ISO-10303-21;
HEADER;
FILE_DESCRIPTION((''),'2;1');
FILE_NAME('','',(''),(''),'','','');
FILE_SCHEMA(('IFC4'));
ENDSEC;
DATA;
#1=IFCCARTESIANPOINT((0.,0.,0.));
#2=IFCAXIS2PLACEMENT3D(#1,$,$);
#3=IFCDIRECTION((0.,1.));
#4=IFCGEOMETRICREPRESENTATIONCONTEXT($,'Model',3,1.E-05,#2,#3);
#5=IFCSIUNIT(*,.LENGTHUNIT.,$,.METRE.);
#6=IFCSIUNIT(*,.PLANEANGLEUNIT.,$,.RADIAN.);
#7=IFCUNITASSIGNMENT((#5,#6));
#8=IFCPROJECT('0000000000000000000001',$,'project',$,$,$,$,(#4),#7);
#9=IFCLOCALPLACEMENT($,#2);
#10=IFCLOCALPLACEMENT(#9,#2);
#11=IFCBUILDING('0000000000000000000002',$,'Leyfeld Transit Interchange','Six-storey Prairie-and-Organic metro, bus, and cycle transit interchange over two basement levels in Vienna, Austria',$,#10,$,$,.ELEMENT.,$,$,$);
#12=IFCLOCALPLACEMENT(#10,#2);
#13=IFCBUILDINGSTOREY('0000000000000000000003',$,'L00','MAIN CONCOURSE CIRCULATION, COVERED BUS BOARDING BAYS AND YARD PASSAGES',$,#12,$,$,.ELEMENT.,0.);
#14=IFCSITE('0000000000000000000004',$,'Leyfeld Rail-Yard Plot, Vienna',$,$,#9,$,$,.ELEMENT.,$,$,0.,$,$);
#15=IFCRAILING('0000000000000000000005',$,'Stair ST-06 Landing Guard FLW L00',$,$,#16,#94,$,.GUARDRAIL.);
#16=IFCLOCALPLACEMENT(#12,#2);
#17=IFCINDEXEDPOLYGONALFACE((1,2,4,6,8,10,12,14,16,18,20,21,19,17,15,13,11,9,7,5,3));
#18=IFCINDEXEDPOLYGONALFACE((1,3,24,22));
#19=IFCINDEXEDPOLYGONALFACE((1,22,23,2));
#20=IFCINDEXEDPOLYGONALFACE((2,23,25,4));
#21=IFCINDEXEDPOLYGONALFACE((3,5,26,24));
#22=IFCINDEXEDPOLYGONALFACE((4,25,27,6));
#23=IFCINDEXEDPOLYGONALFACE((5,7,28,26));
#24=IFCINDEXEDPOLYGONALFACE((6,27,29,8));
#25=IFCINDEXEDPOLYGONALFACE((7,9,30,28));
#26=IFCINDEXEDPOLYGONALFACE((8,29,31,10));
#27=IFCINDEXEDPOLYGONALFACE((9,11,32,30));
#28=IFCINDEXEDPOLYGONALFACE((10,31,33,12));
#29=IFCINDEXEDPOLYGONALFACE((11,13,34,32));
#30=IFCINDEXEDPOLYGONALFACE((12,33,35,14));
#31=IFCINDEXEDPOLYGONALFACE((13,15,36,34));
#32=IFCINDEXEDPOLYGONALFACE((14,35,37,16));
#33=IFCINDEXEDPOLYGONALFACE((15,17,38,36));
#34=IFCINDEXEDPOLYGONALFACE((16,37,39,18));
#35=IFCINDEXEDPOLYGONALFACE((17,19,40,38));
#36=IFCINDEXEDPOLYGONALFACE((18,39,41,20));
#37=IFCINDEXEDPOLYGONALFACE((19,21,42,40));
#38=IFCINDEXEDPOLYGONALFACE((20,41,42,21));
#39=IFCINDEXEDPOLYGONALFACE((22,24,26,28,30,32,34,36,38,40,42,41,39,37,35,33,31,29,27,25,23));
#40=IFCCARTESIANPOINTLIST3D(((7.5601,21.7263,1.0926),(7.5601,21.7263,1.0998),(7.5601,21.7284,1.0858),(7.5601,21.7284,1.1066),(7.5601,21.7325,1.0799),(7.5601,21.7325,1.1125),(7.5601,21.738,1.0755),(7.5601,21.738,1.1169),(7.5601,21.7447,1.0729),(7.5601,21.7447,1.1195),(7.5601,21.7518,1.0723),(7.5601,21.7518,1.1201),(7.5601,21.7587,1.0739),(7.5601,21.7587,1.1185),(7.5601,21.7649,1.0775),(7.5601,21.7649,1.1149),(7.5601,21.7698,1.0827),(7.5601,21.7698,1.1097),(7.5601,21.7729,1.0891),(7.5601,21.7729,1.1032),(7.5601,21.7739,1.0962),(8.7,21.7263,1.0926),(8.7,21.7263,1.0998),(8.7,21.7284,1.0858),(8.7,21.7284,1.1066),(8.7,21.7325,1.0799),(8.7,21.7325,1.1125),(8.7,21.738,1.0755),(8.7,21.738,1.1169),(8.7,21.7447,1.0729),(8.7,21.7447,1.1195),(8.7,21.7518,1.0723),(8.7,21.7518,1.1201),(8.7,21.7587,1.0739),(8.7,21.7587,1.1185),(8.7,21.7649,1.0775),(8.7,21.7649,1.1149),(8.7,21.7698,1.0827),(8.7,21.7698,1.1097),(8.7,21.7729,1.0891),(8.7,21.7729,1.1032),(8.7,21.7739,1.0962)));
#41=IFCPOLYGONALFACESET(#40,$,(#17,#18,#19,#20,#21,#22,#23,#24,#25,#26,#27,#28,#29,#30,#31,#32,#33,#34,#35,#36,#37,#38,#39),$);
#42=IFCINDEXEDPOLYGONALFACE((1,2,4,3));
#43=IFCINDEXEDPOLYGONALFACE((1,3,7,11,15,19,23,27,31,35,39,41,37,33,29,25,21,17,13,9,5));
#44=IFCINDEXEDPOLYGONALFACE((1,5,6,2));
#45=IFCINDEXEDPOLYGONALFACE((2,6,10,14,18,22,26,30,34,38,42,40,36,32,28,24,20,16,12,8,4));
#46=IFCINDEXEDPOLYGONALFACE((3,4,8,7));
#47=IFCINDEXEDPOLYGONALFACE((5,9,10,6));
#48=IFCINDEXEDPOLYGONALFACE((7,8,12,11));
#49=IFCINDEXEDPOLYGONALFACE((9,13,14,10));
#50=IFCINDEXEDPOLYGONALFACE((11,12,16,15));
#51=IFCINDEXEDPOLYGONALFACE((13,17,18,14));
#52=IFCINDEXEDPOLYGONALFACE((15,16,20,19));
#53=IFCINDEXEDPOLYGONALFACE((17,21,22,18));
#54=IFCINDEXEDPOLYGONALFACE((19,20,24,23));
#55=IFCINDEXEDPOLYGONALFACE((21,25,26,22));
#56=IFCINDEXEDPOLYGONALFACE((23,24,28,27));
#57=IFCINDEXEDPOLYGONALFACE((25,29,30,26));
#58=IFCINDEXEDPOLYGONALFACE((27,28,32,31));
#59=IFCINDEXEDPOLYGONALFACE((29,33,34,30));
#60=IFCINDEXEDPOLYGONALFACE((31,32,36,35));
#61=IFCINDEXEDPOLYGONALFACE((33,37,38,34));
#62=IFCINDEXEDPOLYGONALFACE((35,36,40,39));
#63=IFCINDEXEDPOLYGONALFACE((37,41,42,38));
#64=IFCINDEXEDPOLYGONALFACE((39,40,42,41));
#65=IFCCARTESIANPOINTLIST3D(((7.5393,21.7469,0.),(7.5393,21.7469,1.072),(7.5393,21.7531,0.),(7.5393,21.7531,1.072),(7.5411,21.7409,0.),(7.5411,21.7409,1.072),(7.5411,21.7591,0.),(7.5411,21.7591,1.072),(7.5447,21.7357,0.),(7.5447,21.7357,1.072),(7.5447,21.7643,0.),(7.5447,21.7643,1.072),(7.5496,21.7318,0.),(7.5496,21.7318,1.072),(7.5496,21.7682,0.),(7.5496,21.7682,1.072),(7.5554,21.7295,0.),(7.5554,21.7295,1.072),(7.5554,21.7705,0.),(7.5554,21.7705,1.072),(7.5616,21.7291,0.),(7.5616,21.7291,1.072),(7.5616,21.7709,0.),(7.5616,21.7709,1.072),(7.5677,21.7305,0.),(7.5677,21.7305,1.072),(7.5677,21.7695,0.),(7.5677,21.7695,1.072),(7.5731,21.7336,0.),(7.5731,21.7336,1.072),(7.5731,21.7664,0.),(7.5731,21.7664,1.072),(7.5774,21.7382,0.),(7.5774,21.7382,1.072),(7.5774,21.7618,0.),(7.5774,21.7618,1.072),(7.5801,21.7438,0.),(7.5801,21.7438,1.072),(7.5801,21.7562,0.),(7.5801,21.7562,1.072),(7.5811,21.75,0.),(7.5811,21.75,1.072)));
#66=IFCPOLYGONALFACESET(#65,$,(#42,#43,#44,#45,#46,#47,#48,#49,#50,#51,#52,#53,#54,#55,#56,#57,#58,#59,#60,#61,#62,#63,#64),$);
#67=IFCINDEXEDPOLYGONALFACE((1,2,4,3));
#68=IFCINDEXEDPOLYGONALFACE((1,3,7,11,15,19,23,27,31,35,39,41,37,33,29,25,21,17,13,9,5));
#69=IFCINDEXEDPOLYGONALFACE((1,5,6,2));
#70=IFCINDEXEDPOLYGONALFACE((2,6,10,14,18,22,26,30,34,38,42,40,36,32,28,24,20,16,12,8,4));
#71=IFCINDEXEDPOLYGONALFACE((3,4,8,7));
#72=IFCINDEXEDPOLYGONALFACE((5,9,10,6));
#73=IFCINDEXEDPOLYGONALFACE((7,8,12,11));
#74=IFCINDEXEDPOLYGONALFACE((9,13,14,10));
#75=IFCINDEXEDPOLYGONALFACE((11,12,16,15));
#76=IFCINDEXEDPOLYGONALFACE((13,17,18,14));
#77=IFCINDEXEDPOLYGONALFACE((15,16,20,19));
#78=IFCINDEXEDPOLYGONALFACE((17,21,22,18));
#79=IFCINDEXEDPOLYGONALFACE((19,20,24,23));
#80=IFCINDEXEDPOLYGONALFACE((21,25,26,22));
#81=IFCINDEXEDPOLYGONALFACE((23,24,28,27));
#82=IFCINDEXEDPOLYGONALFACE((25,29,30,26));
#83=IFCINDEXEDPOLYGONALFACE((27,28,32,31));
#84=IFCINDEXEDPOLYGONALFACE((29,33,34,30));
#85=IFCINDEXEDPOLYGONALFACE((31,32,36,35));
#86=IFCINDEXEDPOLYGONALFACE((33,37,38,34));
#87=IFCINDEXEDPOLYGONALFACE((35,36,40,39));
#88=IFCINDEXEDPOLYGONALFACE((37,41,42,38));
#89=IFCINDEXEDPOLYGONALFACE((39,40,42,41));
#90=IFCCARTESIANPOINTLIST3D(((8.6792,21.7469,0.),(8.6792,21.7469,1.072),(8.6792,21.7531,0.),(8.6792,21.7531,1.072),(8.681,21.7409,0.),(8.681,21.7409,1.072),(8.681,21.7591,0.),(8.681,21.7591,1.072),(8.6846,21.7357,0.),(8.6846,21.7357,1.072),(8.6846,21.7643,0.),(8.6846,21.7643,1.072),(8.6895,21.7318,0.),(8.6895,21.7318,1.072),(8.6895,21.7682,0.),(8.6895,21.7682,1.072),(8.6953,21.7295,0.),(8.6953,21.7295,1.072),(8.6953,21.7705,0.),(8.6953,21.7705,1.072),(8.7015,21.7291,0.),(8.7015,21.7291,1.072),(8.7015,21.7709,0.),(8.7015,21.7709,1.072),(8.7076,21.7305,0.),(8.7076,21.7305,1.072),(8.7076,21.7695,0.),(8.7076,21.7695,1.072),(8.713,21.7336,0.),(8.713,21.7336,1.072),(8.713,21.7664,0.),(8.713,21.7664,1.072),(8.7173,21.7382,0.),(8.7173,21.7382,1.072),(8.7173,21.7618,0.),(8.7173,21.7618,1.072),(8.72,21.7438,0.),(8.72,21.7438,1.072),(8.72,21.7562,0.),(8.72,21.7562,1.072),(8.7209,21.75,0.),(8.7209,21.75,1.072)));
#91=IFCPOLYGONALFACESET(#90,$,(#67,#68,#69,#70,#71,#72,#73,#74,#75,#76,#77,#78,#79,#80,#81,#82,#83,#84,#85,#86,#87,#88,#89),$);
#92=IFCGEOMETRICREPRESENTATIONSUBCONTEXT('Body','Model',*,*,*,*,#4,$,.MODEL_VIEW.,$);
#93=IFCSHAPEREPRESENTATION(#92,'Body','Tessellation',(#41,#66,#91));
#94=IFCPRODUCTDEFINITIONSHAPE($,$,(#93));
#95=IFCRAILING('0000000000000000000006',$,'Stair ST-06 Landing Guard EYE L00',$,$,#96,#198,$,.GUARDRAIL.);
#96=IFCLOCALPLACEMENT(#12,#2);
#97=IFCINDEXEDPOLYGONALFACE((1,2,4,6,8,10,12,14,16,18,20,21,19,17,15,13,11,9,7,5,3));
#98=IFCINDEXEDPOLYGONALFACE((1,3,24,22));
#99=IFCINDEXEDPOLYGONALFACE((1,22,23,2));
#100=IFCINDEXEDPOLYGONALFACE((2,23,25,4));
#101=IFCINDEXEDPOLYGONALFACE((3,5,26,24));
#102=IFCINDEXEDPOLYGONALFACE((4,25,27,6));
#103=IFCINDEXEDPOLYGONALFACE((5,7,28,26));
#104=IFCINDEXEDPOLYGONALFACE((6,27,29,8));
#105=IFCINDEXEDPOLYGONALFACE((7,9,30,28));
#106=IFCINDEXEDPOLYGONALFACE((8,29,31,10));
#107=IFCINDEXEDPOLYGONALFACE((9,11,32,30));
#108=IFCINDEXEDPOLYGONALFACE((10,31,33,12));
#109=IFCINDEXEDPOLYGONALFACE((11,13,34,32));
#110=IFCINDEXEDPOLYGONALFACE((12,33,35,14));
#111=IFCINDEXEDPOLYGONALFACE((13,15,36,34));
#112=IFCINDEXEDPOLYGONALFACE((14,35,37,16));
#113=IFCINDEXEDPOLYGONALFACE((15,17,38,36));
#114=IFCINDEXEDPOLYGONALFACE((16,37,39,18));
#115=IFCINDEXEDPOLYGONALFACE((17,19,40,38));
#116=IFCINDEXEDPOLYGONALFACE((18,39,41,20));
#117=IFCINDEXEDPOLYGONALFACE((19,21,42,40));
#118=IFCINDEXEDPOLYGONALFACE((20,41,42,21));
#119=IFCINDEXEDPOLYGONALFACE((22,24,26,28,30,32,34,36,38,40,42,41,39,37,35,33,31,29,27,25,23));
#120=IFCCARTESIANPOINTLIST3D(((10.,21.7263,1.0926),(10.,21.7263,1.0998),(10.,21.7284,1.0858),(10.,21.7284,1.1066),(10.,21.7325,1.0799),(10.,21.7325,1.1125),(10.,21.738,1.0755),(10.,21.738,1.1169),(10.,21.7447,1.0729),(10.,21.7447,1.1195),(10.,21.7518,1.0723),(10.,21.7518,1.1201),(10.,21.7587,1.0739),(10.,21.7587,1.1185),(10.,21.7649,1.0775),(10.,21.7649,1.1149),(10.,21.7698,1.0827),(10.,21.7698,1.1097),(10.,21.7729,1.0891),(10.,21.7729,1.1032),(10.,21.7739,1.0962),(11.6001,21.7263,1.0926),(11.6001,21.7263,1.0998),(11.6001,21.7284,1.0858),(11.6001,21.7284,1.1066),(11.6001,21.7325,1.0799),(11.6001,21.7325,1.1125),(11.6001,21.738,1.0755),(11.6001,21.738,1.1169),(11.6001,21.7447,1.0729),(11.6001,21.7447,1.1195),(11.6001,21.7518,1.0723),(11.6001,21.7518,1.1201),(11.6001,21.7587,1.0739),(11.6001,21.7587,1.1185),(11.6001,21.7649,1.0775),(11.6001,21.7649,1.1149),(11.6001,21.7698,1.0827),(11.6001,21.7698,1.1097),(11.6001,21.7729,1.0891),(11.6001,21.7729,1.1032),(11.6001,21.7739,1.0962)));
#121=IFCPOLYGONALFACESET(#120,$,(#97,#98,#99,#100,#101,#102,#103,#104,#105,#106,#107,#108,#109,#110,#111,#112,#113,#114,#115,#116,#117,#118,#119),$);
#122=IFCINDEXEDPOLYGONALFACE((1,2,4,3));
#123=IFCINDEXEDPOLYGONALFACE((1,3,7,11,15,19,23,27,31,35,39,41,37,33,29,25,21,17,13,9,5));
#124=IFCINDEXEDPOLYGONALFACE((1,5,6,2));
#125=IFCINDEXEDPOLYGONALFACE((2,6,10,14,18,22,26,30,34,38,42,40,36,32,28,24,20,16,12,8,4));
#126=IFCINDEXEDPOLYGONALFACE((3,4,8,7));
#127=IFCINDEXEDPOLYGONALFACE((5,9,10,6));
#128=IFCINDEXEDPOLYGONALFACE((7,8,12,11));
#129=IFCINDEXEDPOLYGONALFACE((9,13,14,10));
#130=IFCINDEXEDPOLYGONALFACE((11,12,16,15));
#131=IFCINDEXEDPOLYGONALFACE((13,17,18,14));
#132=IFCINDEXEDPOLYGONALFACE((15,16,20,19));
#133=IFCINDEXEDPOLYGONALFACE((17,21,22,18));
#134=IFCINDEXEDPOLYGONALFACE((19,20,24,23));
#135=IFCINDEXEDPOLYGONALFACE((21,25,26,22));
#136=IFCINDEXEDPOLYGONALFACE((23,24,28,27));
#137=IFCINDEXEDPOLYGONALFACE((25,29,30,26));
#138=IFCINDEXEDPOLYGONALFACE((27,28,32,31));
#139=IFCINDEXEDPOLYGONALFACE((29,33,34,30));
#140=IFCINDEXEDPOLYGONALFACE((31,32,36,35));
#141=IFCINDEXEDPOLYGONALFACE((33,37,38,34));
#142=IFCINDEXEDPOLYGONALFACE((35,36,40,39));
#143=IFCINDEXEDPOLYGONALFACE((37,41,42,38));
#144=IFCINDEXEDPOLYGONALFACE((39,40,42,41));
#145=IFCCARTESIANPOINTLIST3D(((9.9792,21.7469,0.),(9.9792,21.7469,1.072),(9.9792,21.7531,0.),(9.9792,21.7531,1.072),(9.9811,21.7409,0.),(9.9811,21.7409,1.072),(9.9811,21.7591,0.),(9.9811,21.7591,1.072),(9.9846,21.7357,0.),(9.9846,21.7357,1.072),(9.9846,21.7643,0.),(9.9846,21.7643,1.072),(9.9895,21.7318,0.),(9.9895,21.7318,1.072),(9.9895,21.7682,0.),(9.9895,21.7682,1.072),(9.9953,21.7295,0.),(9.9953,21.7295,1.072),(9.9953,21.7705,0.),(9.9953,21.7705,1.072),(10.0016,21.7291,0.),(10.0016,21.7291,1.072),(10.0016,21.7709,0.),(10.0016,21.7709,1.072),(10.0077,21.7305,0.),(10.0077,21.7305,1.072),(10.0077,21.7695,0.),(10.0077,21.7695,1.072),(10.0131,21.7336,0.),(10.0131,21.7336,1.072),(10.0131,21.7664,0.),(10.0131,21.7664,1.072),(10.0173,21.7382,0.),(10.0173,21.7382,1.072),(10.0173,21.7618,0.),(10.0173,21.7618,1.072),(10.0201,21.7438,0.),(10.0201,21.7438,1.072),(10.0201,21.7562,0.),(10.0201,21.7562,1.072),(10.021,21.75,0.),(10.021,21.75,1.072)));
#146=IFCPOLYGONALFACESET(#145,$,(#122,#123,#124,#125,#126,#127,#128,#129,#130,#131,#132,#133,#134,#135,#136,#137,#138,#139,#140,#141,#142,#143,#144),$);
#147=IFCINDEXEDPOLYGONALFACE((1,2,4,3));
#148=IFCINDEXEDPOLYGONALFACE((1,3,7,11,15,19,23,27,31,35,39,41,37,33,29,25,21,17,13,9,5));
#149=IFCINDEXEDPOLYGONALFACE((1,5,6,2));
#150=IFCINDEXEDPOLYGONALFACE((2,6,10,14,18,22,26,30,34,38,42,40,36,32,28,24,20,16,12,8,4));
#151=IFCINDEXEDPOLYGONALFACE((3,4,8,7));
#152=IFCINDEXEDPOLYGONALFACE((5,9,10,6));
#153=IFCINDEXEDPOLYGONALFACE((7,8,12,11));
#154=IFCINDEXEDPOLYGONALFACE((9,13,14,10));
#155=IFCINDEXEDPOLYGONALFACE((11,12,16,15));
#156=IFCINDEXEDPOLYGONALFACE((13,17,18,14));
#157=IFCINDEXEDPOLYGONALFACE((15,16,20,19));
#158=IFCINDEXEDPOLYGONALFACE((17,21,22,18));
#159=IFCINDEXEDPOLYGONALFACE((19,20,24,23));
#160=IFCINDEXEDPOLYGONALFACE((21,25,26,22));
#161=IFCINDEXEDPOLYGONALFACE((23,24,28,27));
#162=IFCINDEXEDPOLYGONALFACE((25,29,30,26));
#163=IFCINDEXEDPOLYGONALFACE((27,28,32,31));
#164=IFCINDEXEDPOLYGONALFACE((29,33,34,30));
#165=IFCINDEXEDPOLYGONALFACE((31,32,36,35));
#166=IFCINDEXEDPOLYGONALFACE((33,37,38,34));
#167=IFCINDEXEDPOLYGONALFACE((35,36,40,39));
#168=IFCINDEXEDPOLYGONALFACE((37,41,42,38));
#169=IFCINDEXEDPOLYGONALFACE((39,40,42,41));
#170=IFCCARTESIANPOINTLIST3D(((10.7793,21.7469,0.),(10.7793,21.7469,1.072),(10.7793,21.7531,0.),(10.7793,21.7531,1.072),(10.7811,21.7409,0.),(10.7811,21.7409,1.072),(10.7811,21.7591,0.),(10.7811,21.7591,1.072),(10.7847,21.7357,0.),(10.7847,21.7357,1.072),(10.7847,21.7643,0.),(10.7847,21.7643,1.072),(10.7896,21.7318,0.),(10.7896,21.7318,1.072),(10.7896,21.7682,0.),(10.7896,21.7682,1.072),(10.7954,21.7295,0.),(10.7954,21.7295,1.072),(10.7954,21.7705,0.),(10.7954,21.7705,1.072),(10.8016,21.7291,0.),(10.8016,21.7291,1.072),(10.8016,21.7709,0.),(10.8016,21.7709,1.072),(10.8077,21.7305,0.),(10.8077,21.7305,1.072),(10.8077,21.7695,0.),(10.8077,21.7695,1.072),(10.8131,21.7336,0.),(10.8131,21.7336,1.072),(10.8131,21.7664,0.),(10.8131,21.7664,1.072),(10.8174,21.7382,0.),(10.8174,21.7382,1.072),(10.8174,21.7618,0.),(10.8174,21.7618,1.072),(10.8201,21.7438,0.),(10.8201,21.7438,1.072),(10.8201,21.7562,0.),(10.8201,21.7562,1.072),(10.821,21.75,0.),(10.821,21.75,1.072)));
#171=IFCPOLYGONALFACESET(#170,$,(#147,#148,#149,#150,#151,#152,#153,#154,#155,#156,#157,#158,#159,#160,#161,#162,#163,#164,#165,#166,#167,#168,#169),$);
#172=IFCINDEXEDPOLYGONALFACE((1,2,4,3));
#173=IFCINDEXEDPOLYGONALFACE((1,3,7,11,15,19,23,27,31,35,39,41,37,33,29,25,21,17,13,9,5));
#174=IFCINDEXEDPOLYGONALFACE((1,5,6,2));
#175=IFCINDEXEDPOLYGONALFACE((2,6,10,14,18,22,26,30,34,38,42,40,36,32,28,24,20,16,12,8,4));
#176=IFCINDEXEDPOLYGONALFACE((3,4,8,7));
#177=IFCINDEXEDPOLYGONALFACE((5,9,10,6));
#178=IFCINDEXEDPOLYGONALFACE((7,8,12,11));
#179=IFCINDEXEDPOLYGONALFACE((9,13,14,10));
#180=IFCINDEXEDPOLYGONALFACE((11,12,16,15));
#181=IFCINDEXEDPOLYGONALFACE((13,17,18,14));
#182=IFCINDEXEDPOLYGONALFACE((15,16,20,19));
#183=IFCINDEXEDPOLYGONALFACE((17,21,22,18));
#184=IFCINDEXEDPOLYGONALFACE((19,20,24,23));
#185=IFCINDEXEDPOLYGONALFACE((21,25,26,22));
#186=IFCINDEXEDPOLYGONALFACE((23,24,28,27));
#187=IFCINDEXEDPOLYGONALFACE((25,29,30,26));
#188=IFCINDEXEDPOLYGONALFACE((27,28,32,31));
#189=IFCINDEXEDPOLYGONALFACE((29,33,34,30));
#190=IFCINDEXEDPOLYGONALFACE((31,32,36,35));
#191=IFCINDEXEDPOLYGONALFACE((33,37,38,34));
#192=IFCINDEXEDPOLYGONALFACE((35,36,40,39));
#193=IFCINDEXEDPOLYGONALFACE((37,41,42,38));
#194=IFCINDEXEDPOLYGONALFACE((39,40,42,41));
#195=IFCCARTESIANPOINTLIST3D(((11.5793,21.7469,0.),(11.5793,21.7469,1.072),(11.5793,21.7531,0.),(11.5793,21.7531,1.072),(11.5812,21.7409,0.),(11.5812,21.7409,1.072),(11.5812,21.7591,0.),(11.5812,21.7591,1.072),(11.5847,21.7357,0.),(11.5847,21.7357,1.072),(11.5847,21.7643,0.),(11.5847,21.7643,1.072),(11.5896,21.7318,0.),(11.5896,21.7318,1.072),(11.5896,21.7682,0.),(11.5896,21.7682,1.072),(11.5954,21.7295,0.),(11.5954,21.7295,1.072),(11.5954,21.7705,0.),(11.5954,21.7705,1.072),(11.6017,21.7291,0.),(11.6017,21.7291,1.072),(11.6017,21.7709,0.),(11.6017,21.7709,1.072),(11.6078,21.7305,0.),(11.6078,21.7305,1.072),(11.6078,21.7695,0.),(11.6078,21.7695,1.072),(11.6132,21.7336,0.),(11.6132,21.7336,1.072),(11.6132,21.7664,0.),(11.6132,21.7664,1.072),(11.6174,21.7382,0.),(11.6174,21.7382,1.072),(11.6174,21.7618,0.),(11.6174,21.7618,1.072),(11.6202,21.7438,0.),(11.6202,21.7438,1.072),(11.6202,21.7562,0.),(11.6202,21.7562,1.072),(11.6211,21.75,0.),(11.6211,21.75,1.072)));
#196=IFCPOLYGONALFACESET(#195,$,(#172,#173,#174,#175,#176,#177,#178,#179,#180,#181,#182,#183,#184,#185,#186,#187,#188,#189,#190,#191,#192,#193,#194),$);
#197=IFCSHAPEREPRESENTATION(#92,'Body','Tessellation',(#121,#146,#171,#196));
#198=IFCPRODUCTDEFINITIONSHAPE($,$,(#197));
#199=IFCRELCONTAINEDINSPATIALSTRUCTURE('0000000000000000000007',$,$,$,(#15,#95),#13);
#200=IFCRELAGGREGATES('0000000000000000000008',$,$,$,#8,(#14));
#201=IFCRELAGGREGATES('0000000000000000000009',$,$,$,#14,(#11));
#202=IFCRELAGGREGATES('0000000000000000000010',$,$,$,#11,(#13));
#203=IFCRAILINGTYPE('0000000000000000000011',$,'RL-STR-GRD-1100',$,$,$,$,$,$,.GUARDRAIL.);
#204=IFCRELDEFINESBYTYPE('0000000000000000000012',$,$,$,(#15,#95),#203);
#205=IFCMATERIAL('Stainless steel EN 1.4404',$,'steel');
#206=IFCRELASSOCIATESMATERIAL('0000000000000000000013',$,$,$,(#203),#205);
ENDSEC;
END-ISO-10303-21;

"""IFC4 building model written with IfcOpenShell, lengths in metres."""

from ifc_helpers import new_model, si_unit, direction, frame, origin, origin_2d, place, context, subcontext, project, spatial, circle, extrude, material, type_object, element, save


model = new_model("IFC4")

# Units and contexts
model_context = context("Model", 3, precision=1e-05, world=origin(), true_north=direction((0.0, 1.0)))
body_context = subcontext(model_context, "Body", "Model", "MODEL_VIEW")
ifc_project = project(units=[si_unit("LENGTHUNIT", "METRE"), si_unit("PLANEANGLEUNIT", "RADIAN")], contexts=[model_context])

# Site, building, storey
site_placement = place(None, origin())
site = spatial("IfcSite", under=ifc_project, at=site_placement, Name="Leyfeld Rail-Yard Plot, Vienna", CompositionType="ELEMENT", RefElevation=0.0)
building_placement = place(site_placement, origin())
building = spatial("IfcBuilding", under=site, at=building_placement, Name="Leyfeld Transit Interchange", Description="Six-storey Prairie-and-Organic metro, bus, and cycle transit interchange over two basement levels in Vienna, Austria", CompositionType="ELEMENT")
storey_placement = place(building_placement, origin())
storey = spatial("IfcBuildingStorey", under=building, at=storey_placement, Name="L00", Description="MAIN CONCOURSE CIRCULATION, COVERED BUS BOARDING BAYS AND YARD PASSAGES", CompositionType="ELEMENT", Elevation=0.0)

# Railings
ifc_material_1 = material(Name="Stainless steel EN 1.4404", Category="steel")
railing_type_1 = type_object("IfcRailingType", Name="RL-STR-GRD-1100", PredefinedType="GUARDRAIL", material=ifc_material_1)
railing_1_placement = place(storey_placement, frame((7.5601, 21.75, 0.0)))
element("IfcRailing", 1, at=railing_1_placement, inside=storey, type_object=railing_type_1, Name="Stair ST-06 Landing Guard FLW L00", PredefinedType="GUARDRAIL", context=body_context, shape_type="SweptSolid", body=[
    extrude(circle(Radius=0.0239, at=origin_2d()), frame((0.0, 0.0, 1.0962), z_axis=(1.0, 0.0, 0.0), x_axis=(0.0, 1.0, 0.0)), (0.0, 0.0, 1.0), 1.1399),
    extrude(circle(Radius=0.021, at=origin_2d()), origin(), (0.0, 0.0, 1.0), 1.072),
    extrude(circle(Radius=0.021, at=origin_2d()), frame((1.1399, 0.0, 0.0)), (0.0, 0.0, 1.0), 1.072),
])
railing_2_placement = place(storey_placement, frame((10.0, 21.75, 0.0)))
element("IfcRailing", 2, at=railing_2_placement, inside=storey, type_object=railing_type_1, Name="Stair ST-06 Landing Guard EYE L00", PredefinedType="GUARDRAIL", context=body_context, shape_type="SweptSolid", body=[
    extrude(circle(Radius=0.0239, at=origin_2d()), frame((0.0, 0.0, 1.0962), z_axis=(1.0, 0.0, 0.0), x_axis=(0.0, 1.0, 0.0)), (0.0, 0.0, 1.0), 1.6001),
    extrude(circle(Radius=0.021, at=origin_2d()), origin(), (0.0, 0.0, 1.0), 1.072),
    extrude(circle(Radius=0.021, at=origin_2d()), frame((0.8, 0.0, 0.0)), (0.0, 0.0, 1.0), 1.072),
    extrude(circle(Radius=0.021, at=origin_2d()), frame((1.6001, 0.0, 0.0)), (0.0, 0.0, 1.0), 1.072),
])

save(model, "model.ifc")
